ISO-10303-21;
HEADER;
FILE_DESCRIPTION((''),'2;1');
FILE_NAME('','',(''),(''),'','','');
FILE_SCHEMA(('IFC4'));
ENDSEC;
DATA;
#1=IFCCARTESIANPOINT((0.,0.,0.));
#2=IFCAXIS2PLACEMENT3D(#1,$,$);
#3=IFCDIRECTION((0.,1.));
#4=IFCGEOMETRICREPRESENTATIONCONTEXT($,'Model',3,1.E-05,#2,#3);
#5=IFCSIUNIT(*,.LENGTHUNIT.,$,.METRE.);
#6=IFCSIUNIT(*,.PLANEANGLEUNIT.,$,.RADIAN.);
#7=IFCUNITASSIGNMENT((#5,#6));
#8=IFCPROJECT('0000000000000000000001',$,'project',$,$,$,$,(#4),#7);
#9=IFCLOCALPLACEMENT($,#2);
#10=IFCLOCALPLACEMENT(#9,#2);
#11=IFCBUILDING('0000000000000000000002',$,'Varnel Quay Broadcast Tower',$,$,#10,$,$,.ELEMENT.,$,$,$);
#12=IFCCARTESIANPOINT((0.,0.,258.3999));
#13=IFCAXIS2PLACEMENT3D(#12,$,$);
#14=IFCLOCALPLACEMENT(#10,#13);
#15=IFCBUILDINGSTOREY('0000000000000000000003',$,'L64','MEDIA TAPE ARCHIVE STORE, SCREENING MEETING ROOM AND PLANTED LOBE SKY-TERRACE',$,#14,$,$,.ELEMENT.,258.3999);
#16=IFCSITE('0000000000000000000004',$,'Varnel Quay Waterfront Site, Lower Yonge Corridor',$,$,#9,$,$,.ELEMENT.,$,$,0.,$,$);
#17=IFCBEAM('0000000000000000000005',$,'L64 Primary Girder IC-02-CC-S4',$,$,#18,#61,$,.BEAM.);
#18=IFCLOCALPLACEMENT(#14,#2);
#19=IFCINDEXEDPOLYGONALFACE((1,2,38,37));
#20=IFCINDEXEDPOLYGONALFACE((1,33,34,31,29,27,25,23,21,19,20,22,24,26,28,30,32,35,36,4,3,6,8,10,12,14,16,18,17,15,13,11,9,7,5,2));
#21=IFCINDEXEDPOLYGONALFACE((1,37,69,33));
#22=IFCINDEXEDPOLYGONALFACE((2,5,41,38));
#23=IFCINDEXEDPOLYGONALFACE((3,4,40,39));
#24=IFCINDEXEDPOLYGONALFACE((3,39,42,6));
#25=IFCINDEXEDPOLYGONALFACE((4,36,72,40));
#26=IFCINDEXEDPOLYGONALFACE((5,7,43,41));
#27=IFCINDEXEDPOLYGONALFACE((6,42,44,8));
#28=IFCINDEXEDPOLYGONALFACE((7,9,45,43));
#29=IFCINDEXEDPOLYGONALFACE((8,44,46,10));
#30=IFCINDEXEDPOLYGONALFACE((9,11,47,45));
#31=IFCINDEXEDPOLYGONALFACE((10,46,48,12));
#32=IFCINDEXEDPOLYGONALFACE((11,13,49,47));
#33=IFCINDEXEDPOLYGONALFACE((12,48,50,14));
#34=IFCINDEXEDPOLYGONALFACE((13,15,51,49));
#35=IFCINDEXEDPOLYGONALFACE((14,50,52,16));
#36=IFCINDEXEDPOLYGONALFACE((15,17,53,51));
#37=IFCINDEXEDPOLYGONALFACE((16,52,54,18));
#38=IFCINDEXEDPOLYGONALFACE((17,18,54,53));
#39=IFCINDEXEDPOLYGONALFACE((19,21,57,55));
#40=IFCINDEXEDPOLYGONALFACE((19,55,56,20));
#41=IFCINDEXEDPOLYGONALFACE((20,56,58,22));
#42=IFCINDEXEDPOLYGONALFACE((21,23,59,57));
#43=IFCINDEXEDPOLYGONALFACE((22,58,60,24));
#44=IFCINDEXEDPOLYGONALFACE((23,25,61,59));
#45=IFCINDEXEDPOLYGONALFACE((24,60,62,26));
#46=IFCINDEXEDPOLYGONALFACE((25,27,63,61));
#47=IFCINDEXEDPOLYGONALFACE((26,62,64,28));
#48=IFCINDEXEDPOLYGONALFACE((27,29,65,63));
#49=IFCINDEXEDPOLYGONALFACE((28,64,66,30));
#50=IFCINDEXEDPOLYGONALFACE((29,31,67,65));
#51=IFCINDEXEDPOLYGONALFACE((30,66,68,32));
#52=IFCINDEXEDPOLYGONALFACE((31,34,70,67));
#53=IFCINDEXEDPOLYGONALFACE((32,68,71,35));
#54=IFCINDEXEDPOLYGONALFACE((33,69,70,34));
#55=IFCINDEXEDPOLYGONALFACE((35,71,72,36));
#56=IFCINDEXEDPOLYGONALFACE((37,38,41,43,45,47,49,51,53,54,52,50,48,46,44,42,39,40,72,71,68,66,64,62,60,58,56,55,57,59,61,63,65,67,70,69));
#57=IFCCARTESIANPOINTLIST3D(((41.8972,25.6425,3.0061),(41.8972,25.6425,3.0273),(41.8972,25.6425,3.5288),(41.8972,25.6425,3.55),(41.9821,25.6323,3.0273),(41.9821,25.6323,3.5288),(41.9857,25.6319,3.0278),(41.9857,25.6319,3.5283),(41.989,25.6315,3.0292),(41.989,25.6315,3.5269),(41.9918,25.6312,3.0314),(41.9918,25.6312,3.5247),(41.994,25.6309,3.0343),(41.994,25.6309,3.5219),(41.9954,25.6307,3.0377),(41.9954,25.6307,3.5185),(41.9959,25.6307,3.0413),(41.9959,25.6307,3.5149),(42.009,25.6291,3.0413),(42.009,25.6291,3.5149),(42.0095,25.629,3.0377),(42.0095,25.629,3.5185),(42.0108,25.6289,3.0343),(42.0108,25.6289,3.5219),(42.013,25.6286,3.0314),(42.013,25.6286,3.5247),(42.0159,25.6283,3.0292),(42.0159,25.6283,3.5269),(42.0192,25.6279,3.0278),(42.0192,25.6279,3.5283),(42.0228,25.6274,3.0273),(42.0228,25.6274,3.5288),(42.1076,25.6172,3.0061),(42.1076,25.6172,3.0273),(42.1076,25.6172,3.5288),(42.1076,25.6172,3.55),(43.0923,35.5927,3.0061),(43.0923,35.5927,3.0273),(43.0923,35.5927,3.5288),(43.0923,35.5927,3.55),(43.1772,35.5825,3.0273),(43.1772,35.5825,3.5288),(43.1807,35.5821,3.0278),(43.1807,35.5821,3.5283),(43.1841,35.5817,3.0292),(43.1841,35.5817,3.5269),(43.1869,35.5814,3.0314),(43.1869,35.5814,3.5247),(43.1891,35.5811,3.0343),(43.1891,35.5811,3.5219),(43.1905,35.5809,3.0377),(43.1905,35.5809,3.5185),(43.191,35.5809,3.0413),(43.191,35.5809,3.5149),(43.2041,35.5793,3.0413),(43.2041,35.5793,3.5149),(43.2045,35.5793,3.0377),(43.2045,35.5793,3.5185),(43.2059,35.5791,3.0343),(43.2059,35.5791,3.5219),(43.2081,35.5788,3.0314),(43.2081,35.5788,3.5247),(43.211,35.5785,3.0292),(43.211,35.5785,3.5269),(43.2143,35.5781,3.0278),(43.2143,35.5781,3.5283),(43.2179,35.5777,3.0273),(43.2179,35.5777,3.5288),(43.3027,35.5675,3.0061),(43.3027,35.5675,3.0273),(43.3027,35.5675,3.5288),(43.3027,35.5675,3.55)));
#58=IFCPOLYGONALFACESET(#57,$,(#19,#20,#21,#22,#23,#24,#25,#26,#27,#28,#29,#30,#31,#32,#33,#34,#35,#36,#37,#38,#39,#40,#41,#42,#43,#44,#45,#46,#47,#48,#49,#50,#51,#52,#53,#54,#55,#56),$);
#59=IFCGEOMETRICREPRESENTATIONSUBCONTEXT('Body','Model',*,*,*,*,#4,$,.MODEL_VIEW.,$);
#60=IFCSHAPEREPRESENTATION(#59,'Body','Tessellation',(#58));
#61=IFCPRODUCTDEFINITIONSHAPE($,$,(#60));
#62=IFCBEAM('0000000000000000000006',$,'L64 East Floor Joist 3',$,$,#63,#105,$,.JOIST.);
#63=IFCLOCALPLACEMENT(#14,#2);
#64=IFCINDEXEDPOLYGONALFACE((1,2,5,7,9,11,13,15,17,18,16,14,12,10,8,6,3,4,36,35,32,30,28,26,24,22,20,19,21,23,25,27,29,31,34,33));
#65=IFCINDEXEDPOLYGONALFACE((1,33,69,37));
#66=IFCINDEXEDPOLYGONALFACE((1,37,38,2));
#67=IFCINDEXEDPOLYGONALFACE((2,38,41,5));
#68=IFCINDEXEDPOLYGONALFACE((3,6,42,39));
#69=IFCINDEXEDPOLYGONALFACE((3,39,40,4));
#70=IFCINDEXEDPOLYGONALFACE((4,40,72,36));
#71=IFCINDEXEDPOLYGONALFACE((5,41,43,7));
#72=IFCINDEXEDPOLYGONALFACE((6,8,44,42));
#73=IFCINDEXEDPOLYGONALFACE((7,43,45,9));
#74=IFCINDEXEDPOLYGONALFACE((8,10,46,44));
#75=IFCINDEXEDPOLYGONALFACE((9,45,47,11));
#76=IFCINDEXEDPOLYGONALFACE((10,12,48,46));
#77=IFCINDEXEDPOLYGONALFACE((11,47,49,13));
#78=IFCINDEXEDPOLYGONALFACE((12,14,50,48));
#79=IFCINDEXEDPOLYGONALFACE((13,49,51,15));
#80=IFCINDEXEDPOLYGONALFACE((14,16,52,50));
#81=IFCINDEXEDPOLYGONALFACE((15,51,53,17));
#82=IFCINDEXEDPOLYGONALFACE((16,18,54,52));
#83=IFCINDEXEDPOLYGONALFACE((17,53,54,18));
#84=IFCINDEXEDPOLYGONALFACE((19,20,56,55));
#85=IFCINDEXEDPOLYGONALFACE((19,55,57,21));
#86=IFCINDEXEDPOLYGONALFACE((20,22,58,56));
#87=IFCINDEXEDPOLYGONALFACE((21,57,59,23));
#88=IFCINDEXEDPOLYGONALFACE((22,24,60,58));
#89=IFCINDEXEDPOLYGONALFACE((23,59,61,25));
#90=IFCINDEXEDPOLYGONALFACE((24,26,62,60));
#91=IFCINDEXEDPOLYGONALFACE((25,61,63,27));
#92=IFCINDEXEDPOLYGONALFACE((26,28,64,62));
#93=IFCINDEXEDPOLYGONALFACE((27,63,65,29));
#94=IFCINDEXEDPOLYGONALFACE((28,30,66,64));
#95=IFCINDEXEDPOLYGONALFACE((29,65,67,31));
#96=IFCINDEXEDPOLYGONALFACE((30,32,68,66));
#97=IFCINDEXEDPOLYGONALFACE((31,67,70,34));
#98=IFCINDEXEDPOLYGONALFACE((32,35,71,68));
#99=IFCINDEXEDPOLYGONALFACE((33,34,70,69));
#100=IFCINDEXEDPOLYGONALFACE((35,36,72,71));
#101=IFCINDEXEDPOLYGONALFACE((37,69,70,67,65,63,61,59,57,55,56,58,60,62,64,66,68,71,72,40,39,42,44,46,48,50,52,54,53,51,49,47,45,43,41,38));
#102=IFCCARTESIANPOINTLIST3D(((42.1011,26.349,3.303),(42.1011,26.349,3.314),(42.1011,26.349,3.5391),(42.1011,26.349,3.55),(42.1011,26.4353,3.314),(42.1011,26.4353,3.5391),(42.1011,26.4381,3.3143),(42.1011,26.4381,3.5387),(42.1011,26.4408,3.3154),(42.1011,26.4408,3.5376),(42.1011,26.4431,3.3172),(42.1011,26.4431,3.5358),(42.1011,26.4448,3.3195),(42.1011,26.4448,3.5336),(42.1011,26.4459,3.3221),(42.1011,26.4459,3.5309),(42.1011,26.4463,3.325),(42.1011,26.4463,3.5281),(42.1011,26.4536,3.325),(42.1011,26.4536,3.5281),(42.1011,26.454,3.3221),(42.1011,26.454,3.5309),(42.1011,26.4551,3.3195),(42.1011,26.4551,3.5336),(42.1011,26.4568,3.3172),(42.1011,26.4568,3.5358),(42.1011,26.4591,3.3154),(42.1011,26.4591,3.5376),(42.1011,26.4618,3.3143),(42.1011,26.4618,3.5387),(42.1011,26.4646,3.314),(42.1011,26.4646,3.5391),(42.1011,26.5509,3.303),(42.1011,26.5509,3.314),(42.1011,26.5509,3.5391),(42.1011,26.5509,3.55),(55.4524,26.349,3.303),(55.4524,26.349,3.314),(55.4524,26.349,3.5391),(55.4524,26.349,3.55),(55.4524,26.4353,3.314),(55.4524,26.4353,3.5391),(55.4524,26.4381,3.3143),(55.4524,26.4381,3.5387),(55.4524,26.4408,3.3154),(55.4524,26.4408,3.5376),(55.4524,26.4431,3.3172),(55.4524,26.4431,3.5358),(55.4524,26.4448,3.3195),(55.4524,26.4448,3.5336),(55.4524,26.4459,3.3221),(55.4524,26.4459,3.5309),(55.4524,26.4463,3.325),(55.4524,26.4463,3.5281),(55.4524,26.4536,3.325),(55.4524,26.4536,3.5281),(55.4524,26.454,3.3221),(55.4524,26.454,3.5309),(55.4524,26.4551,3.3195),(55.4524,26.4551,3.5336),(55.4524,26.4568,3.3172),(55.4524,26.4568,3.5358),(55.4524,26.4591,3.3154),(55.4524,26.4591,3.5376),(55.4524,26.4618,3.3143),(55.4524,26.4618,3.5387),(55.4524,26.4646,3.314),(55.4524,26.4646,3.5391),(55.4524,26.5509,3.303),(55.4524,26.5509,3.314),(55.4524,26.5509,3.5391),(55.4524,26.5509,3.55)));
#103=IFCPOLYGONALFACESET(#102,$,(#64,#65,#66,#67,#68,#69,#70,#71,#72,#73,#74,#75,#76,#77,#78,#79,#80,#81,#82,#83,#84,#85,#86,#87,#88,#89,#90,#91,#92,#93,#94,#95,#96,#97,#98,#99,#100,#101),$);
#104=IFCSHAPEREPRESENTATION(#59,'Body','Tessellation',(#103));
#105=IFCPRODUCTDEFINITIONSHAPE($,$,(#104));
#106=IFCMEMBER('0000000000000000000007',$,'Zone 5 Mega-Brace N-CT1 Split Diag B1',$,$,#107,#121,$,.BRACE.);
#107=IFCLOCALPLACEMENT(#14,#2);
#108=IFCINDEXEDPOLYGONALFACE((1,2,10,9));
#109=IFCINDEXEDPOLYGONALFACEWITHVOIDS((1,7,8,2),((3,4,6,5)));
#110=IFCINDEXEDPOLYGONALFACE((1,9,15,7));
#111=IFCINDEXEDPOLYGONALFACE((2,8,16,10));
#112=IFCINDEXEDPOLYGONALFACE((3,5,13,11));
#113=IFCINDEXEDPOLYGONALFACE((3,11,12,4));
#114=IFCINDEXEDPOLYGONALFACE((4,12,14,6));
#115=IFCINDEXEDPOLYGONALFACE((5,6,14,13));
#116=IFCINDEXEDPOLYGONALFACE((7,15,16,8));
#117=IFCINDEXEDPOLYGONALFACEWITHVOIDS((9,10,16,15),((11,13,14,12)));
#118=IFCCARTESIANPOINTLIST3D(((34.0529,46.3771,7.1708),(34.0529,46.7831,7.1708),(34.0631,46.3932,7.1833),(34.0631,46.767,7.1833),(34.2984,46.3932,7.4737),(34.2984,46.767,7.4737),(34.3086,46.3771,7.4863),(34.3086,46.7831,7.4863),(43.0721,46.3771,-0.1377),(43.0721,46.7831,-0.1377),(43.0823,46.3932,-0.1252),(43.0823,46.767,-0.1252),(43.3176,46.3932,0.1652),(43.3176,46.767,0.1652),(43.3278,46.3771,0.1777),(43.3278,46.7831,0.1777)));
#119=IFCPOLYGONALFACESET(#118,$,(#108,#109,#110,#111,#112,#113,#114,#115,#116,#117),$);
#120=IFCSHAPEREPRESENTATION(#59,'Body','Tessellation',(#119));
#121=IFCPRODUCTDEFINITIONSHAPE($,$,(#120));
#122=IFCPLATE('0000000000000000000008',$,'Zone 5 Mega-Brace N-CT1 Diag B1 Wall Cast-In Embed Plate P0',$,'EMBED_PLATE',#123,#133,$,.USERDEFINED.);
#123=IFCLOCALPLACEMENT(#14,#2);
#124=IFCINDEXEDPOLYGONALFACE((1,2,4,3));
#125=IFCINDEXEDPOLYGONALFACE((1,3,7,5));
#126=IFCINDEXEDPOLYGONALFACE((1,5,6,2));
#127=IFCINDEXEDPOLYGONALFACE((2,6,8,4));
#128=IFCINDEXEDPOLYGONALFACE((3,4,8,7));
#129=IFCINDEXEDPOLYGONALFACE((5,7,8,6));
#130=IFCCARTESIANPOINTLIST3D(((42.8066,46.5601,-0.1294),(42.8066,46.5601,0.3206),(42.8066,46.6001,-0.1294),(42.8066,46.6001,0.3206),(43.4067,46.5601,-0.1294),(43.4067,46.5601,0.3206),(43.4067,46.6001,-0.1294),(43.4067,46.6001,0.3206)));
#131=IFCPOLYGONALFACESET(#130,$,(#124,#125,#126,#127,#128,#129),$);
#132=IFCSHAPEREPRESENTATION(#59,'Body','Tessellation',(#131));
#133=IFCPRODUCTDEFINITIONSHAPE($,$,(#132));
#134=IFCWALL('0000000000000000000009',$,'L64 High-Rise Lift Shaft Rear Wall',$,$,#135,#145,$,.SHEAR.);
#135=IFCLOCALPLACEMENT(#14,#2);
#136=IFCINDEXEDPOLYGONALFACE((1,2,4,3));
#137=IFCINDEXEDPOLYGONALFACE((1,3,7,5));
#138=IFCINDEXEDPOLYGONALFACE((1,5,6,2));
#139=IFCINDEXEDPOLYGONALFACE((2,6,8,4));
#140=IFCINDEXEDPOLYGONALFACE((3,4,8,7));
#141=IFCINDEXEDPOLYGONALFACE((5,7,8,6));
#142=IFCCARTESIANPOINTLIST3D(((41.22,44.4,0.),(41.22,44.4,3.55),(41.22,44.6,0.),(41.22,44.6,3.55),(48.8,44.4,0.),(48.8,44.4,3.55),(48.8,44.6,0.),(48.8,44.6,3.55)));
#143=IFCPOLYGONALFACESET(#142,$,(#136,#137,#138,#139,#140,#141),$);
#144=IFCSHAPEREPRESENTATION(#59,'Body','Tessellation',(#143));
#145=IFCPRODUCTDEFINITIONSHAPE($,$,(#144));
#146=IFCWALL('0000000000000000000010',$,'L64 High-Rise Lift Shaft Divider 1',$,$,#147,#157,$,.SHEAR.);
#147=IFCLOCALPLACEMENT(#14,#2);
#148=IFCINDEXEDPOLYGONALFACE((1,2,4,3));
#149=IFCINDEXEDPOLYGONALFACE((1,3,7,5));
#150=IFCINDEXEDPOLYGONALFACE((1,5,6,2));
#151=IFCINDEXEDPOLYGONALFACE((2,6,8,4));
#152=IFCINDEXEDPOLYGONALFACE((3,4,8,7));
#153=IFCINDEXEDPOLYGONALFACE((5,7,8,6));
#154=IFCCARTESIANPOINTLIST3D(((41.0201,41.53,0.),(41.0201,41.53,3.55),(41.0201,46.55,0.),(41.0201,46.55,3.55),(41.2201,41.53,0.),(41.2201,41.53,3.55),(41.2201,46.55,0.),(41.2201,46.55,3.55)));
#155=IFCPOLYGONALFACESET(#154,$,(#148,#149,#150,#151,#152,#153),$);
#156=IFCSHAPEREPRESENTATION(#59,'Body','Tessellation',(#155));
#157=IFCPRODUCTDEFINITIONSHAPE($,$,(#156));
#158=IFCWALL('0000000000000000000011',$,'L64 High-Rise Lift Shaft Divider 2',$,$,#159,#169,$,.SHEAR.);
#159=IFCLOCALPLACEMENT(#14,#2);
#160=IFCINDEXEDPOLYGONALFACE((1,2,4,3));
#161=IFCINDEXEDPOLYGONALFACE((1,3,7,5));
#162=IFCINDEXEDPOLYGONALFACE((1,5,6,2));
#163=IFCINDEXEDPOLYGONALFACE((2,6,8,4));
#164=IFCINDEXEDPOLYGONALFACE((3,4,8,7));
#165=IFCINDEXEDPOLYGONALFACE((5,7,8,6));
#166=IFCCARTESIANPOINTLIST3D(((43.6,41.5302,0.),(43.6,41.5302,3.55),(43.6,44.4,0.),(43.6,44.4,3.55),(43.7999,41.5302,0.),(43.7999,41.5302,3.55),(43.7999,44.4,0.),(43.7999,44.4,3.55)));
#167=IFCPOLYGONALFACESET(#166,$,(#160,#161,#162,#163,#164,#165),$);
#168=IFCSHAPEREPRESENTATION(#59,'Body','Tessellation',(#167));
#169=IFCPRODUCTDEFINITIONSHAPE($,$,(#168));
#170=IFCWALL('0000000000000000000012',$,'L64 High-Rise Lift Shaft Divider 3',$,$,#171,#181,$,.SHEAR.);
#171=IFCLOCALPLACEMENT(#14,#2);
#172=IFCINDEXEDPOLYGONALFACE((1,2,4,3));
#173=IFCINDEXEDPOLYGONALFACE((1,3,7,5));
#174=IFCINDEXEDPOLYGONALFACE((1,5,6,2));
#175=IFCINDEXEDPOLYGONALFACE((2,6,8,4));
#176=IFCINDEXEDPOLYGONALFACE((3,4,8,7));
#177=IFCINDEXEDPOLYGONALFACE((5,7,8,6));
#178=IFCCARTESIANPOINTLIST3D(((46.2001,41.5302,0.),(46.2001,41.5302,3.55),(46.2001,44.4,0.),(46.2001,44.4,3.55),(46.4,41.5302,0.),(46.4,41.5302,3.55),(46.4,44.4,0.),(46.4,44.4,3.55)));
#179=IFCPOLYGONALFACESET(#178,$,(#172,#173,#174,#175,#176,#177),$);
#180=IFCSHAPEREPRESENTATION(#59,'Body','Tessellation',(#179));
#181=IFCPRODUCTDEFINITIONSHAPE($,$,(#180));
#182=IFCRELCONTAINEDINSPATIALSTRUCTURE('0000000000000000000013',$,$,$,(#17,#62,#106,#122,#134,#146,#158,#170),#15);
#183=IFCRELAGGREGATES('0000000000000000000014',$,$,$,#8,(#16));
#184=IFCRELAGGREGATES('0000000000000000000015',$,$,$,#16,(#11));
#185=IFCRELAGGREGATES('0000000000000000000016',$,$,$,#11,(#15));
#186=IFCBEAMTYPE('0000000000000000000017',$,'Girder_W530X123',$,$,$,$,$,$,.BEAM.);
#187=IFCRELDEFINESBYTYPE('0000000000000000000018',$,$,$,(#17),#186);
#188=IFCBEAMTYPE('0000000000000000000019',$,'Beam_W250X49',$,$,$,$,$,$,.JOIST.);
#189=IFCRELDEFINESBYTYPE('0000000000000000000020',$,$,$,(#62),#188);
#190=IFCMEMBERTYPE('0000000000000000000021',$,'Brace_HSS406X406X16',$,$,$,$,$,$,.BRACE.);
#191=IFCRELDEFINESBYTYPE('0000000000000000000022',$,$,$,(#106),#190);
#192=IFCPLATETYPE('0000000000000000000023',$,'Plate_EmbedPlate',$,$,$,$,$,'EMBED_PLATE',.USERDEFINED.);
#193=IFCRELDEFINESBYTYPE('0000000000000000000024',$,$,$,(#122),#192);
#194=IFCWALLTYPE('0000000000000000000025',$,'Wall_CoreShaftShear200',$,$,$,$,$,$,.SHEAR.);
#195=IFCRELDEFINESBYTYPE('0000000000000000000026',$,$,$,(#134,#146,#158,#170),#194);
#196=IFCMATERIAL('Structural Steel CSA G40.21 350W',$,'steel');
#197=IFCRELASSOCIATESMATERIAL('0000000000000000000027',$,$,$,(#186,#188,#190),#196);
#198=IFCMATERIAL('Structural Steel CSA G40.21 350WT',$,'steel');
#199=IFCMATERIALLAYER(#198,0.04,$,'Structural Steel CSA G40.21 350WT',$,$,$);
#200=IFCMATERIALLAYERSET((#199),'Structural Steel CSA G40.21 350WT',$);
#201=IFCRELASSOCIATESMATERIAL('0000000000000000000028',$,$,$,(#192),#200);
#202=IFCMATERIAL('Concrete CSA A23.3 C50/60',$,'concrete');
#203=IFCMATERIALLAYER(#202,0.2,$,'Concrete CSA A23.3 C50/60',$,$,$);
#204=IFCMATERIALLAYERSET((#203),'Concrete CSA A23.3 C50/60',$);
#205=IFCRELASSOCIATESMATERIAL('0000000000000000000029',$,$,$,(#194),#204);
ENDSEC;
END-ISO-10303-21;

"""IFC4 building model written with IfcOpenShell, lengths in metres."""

from ifc_helpers import new_model, si_unit, direction, frame, frame_2d, origin, origin_2d, place, context, subcontext, project, spatial, rectangle, hollow_rectangle, i_section, extrude, source, transform, mapped, material, layer, layer_set, material_profile, profile_set, type_object, type_shapes, element, save


model = new_model("IFC4")

# Units and contexts
model_context = context("Model", 3, precision=1e-05, world=origin(), true_north=direction((0.0, 1.0)))
body_context = subcontext(model_context, "Body", "Model", "MODEL_VIEW")
ifc_project = project(units=[si_unit("LENGTHUNIT", "METRE"), si_unit("PLANEANGLEUNIT", "RADIAN")], contexts=[model_context])

# Site, building, storey
site_placement = place(None, origin())
site = spatial("IfcSite", under=ifc_project, at=site_placement, Name="Varnel Quay Waterfront Site, Lower Yonge Corridor", CompositionType="ELEMENT", RefElevation=0.0)
building_placement = place(site_placement, origin())
building = spatial("IfcBuilding", under=site, at=building_placement, Name="Varnel Quay Broadcast Tower", CompositionType="ELEMENT")
storey_placement = place(building_placement, frame((0.0, 0.0, 258.3999)))
storey = spatial("IfcBuildingStorey", under=building, at=storey_placement, Name="L64", Description="MEDIA TAPE ARCHIVE STORE, SCREENING MEETING ROOM AND PLANTED LOBE SKY-TERRACE", CompositionType="ELEMENT", Elevation=258.3999)

# Shared definitions
ifc_material_1 = material(Name="Structural Steel CSA G40.21 350WT", Category="steel")

# Beams
ifc_material_2 = material(Name="Concrete CSA A23.3 C50/60", Category="concrete")
ifc_material_3 = material(Name="Structural Steel CSA G40.21 350W", Category="steel")
ifc_material_profile_1 = material_profile(ifc_material_3, i_section(OverallWidth=0.2119, OverallDepth=0.5439, WebThickness=0.0132, FlangeThickness=0.0212, FilletRadius=0.0139, at=origin_2d()), Name="W530X123")
ifc_profile_set_1 = profile_set([ifc_material_profile_1], Name="Structural Steel CSA G40.21 350W")
beam_type_1 = type_object("IfcBeamType", Name="Girder_W530X123", PredefinedType="BEAM", material=ifc_profile_set_1)
shared_shape_1 = source(origin(), body_context, "Body", "SweptSolid", [
    extrude(i_section(OverallWidth=0.2119, OverallDepth=0.5439, WebThickness=0.0132, FlangeThickness=0.0212, FilletRadius=0.0139, at=origin_2d()), origin(), (0.0, 0.0, 1.0), 10.0217),
])
type_shapes(beam_type_1, [shared_shape_1])
beam_1_placement = place(storey_placement, frame((42.0024, 25.6299, 3.2781), z_axis=(0.119248, 0.992864, 0.0), x_axis=(-0.992864, 0.119248, 0.0)))
element("IfcBeam", 1, at=beam_1_placement, inside=storey, type_object=beam_type_1, Name="L64 Primary Girder IC-02-CC-S4", PredefinedType="BEAM", context=body_context, shape_type="MappedRepresentation", body=[
    mapped(shared_shape_1, transform((0.0, 0.0, 0.0), x_axis=(1.0, 0.0, 0.0), y_axis=(0.0, 1.0, 0.0), z_axis=(0.0, 0.0, 1.0), scale=1.0)),
])
ifc_material_profile_2 = material_profile(ifc_material_3, i_section(OverallWidth=0.2019, OverallDepth=0.2471, WebThickness=0.0073, FlangeThickness=0.011, FilletRadius=0.011, at=origin_2d()), Name="W250X49")
ifc_profile_set_2 = profile_set([ifc_material_profile_2], Name="Structural Steel CSA G40.21 350W")
beam_type_2 = type_object("IfcBeamType", Name="Beam_W250X49", PredefinedType="JOIST", material=ifc_profile_set_2)
shared_shape_2 = source(origin(), body_context, "Body", "SweptSolid", [
    extrude(i_section(OverallWidth=0.2019, OverallDepth=0.2471, WebThickness=0.0073, FlangeThickness=0.011, FilletRadius=0.011, at=origin_2d()), origin(), (0.0, 0.0, 1.0), 13.3513),
])
type_shapes(beam_type_2, [shared_shape_2])
beam_2_placement = place(storey_placement, frame((42.1011, 26.45, 3.4265), z_axis=(1.0, 0.0, 0.0), x_axis=(0.0, 1.0, 0.0)))
element("IfcBeam", 2, at=beam_2_placement, inside=storey, type_object=beam_type_2, Name="L64 East Floor Joist 3", PredefinedType="JOIST", context=body_context, shape_type="MappedRepresentation", body=[
    mapped(shared_shape_2, transform((0.0, 0.0, 0.0), x_axis=(1.0, 0.0, 0.0), y_axis=(0.0, 1.0, 0.0), z_axis=(0.0, 0.0, 1.0), scale=1.0)),
])

# Member
ifc_material_profile_3 = material_profile(ifc_material_3, hollow_rectangle(XDim=0.406, YDim=0.406, WallThickness=0.0161, at=origin_2d()), Name="HSS406X406X16")
ifc_profile_set_3 = profile_set([ifc_material_profile_3], Name="Structural Steel CSA G40.21 350W")
member_type = type_object("IfcMemberType", Name="Brace_HSS406X406X16", PredefinedType="BRACE", material=ifc_profile_set_3)
shared_shape_3 = source(origin(), body_context, "Body", "SweptSolid", [
    extrude(hollow_rectangle(XDim=0.406, YDim=0.406, WallThickness=0.0161, at=origin_2d()), origin(), (0.0, 0.0, 1.0), 11.6086),
])
type_shapes(member_type, [shared_shape_3])
member_placement = place(storey_placement, frame((43.2, 46.5801, 0.02), z_axis=(-0.776939, 0.0, 0.629576), x_axis=(0.0, -1.0, 0.0)))
element("IfcMember", 3, at=member_placement, inside=storey, type_object=member_type, Name="Zone 5 Mega-Brace N-CT1 Split Diag B1", PredefinedType="BRACE", context=body_context, shape_type="MappedRepresentation", body=[
    mapped(shared_shape_3, transform((0.0, 0.0, 0.0), x_axis=(1.0, 0.0, 0.0), y_axis=(0.0, 1.0, 0.0), z_axis=(0.0, 0.0, 1.0), scale=1.0)),
])

# Plate
ifc_layer_1 = layer(ifc_material_1, 0.04, Name="Structural Steel CSA G40.21 350WT")
ifc_layer_set_1 = layer_set([ifc_layer_1], Name="Structural Steel CSA G40.21 350WT")
plate_type = type_object("IfcPlateType", Name="Plate_EmbedPlate", ElementType="EMBED_PLATE", PredefinedType="USERDEFINED", material=ifc_layer_set_1)
shared_shape_4 = source(origin(), body_context, "Body", "SweptSolid", [
    extrude(rectangle(XDim=0.6001, YDim=0.04, at=origin_2d()), origin(), (0.0, 0.0, 1.0), 0.45),
])
type_shapes(plate_type, [shared_shape_4])
plate_placement = place(storey_placement, frame((43.1067, 46.5801, -0.1294), z_axis=(0.0, 0.0, 1.0), x_axis=(1.0, 0.0, 0.0)))
element("IfcPlate", 4, at=plate_placement, inside=storey, type_object=plate_type, Name="Zone 5 Mega-Brace N-CT1 Diag B1 Wall Cast-In Embed Plate P0", ObjectType="EMBED_PLATE", PredefinedType="USERDEFINED", context=body_context, shape_type="MappedRepresentation", body=[
    mapped(shared_shape_4, transform((0.0, 0.0, 0.0), x_axis=(1.0, 0.0, 0.0), y_axis=(0.0, 1.0, 0.0), z_axis=(0.0, 0.0, 1.0), scale=1.0)),
])

# Walls
ifc_layer_2 = layer(ifc_material_2, 0.2, Name="Concrete CSA A23.3 C50/60")
ifc_layer_set_2 = layer_set([ifc_layer_2], Name="Concrete CSA A23.3 C50/60")
wall_type_1 = type_object("IfcWallType", Name="Wall_CoreShaftShear200", PredefinedType="SHEAR", material=ifc_layer_set_2)
wall_1_placement = place(storey_placement, frame((41.22, 44.5, 0.0), z_axis=(0.0, 0.0, 1.0), x_axis=(1.0, 0.0, 0.0)))
element("IfcWall", 5, at=wall_1_placement, inside=storey, type_object=wall_type_1, Name="L64 High-Rise Lift Shaft Rear Wall", PredefinedType="SHEAR", context=body_context, shape_type="SweptSolid", body=[
    extrude(rectangle(XDim=7.5801, YDim=0.2, at=frame_2d((3.79, 0.0))), origin(), (0.0, 0.0, 1.0), 3.55),
])
wall_2_placement = place(storey_placement, frame((41.1201, 41.53, 0.0), z_axis=(0.0, 0.0, 1.0), x_axis=(0.0, 1.0, 0.0)))
element("IfcWall", 6, at=wall_2_placement, inside=storey, type_object=wall_type_1, Name="L64 High-Rise Lift Shaft Divider 1", PredefinedType="SHEAR", context=body_context, shape_type="SweptSolid", body=[
    extrude(rectangle(XDim=5.02, YDim=0.2, at=frame_2d((2.51, 0.0))), origin(), (0.0, 0.0, 1.0), 3.55),
])
for number, where, z_axis, x_axis, name in (
    (7, (43.7, 41.53, 0.0), (0.0, 0.0, 1.0), (0.0, 1.0, 0.0), "L64 High-Rise Lift Shaft Divider 2"),
    (8, (46.3, 41.53, 0.0), (0.0, 0.0, 1.0), (0.0, 1.0, 0.0), "L64 High-Rise Lift Shaft Divider 3"),
):
    element("IfcWall", number, at=place(storey_placement, frame(where, z_axis=z_axis, x_axis=x_axis)), inside=storey, type_object=wall_type_1, Name=name, PredefinedType="SHEAR", context=body_context, shape_type="SweptSolid", body=[
        extrude(rectangle(XDim=2.8699, YDim=0.2, at=frame_2d((1.4351, 0.0))), origin(), (0.0, 0.0, 1.0), 3.55),
    ])

save(model, "model.ifc")
